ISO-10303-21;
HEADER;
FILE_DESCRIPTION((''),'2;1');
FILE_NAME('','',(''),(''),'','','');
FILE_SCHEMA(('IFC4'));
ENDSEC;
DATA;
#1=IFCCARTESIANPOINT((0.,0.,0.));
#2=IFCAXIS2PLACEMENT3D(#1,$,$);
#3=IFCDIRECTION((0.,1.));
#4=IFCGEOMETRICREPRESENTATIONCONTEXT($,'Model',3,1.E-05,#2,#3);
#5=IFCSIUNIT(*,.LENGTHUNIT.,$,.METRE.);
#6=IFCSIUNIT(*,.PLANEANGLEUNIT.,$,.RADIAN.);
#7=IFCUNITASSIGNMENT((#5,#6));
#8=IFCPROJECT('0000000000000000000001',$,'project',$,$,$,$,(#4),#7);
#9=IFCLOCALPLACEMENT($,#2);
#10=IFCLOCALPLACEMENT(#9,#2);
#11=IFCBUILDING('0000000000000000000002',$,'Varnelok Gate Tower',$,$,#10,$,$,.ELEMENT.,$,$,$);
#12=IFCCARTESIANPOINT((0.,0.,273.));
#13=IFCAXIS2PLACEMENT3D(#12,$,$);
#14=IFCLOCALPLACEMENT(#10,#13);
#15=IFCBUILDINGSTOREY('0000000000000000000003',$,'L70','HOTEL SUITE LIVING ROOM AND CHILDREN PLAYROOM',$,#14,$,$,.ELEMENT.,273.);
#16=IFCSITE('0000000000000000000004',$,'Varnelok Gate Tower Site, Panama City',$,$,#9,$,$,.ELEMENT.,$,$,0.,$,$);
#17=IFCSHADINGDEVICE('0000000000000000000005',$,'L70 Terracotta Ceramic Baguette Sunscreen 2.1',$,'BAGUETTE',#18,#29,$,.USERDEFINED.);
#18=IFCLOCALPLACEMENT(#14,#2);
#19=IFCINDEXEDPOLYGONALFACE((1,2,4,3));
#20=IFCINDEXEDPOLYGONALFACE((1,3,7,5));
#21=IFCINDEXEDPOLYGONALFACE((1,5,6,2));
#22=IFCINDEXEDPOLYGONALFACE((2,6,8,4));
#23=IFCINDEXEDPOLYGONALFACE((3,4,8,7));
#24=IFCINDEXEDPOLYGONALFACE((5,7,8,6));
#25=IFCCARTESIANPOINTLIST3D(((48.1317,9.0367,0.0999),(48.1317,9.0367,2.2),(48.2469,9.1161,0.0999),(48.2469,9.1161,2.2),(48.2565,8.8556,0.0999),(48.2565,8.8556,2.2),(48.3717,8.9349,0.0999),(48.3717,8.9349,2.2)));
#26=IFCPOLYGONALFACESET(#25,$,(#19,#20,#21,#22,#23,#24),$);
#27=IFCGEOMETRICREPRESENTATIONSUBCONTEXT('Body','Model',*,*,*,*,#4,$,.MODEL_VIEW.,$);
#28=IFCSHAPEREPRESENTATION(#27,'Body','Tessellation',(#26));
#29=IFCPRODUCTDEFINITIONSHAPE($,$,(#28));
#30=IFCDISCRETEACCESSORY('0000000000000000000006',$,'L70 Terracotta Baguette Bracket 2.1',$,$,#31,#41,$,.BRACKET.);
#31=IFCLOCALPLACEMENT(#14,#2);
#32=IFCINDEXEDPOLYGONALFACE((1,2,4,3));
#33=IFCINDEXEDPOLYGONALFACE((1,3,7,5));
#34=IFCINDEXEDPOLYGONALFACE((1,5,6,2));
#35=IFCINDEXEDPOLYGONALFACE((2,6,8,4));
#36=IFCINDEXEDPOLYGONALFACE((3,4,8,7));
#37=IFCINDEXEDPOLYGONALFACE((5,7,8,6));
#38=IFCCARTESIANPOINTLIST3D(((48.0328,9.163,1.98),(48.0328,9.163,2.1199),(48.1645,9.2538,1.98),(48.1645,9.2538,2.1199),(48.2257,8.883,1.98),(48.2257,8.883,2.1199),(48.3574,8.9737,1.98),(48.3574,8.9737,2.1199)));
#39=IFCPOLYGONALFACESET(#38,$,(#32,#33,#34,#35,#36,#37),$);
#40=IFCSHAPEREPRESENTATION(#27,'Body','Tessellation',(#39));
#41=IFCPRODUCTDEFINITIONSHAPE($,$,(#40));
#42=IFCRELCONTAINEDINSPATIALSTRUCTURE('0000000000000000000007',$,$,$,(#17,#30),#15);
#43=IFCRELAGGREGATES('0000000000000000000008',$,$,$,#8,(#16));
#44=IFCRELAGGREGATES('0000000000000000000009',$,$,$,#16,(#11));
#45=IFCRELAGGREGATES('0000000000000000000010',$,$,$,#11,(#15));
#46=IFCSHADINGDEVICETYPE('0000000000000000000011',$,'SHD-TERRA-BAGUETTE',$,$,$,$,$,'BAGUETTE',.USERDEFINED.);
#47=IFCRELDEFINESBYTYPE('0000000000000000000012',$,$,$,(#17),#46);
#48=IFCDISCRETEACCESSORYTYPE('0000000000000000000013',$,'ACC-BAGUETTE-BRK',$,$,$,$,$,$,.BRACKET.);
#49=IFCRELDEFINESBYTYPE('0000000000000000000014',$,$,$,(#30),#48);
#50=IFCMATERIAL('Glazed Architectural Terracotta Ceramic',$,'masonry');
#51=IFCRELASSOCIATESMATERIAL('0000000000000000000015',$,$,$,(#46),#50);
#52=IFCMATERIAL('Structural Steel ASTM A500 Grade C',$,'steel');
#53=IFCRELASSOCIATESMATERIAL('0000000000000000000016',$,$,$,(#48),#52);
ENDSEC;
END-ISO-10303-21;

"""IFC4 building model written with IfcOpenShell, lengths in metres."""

from ifc_helpers import new_model, si_unit, direction, frame, origin, origin_2d, place, context, subcontext, project, spatial, rectangle, extrude, source, transform, mapped, material, type_object, element, save


model = new_model("IFC4")

# Units and contexts
model_context = context("Model", 3, precision=1e-05, world=origin(), true_north=direction((0.0, 1.0)))
body_context = subcontext(model_context, "Body", "Model", "MODEL_VIEW")
ifc_project = project(units=[si_unit("LENGTHUNIT", "METRE"), si_unit("PLANEANGLEUNIT", "RADIAN")], contexts=[model_context])

# Site, building, storey
site_placement = place(None, origin())
site = spatial("IfcSite", under=ifc_project, at=site_placement, Name="Varnelok Gate Tower Site, Panama City", CompositionType="ELEMENT", RefElevation=0.0)
building_placement = place(site_placement, origin())
building = spatial("IfcBuilding", under=site, at=building_placement, Name="Varnelok Gate Tower", CompositionType="ELEMENT")
storey_placement = place(building_placement, frame((0.0, 0.0, 273.0)))
storey = spatial("IfcBuildingStorey", under=building, at=storey_placement, Name="L70", Description="HOTEL SUITE LIVING ROOM AND CHILDREN PLAYROOM", CompositionType="ELEMENT", Elevation=273.0)

# Shading device
ifc_material_1 = material(Name="Glazed Architectural Terracotta Ceramic", Category="masonry")
shading_device_type = type_object("IfcShadingDeviceType", Name="SHD-TERRA-BAGUETTE", ElementType="BAGUETTE", PredefinedType="USERDEFINED", material=ifc_material_1)
shared_shape_1 = source(origin(), body_context, "Body", "SweptSolid", [
    extrude(rectangle(XDim=0.1399, YDim=0.22, at=origin_2d()), origin(), (0.0, 0.0, 1.0), 2.1001),
])
shading_device_placement = place(storey_placement, frame((48.2517, 8.9858, 0.0999), z_axis=(0.0, 0.0, 1.0), x_axis=(0.823533, 0.567269, 0.0)))
element("IfcShadingDevice", 1, at=shading_device_placement, inside=storey, type_object=shading_device_type, Name="L70 Terracotta Ceramic Baguette Sunscreen 2.1", ObjectType="BAGUETTE", PredefinedType="USERDEFINED", context=body_context, shape_type="MappedRepresentation", body=[
    mapped(shared_shape_1, transform((0.0, 0.0, 0.0), scale=1.0)),
])

# Discrete accessory
ifc_material_2 = material(Name="Structural Steel ASTM A500 Grade C", Category="steel")
discrete_accessory_type = type_object("IfcDiscreteAccessoryType", Name="ACC-BAGUETTE-BRK", PredefinedType="BRACKET", material=ifc_material_2)
shared_shape_2 = source(origin(), body_context, "Body", "SweptSolid", [
    extrude(rectangle(XDim=0.1599, YDim=0.3401, at=origin_2d()), origin(), (0.0, 0.0, 1.0), 0.1399),
])
discrete_accessory_placement = place(storey_placement, frame((48.1951, 9.0684, 1.98), z_axis=(0.0, 0.0, 1.0), x_axis=(0.823533, 0.567269, 0.0)))
element("IfcDiscreteAccessory", 2, at=discrete_accessory_placement, inside=storey, type_object=discrete_accessory_type, Name="L70 Terracotta Baguette Bracket 2.1", PredefinedType="BRACKET", context=body_context, shape_type="MappedRepresentation", body=[
    mapped(shared_shape_2, transform((0.0, 0.0, 0.0), scale=1.0)),
])

save(model, "model.ifc")
